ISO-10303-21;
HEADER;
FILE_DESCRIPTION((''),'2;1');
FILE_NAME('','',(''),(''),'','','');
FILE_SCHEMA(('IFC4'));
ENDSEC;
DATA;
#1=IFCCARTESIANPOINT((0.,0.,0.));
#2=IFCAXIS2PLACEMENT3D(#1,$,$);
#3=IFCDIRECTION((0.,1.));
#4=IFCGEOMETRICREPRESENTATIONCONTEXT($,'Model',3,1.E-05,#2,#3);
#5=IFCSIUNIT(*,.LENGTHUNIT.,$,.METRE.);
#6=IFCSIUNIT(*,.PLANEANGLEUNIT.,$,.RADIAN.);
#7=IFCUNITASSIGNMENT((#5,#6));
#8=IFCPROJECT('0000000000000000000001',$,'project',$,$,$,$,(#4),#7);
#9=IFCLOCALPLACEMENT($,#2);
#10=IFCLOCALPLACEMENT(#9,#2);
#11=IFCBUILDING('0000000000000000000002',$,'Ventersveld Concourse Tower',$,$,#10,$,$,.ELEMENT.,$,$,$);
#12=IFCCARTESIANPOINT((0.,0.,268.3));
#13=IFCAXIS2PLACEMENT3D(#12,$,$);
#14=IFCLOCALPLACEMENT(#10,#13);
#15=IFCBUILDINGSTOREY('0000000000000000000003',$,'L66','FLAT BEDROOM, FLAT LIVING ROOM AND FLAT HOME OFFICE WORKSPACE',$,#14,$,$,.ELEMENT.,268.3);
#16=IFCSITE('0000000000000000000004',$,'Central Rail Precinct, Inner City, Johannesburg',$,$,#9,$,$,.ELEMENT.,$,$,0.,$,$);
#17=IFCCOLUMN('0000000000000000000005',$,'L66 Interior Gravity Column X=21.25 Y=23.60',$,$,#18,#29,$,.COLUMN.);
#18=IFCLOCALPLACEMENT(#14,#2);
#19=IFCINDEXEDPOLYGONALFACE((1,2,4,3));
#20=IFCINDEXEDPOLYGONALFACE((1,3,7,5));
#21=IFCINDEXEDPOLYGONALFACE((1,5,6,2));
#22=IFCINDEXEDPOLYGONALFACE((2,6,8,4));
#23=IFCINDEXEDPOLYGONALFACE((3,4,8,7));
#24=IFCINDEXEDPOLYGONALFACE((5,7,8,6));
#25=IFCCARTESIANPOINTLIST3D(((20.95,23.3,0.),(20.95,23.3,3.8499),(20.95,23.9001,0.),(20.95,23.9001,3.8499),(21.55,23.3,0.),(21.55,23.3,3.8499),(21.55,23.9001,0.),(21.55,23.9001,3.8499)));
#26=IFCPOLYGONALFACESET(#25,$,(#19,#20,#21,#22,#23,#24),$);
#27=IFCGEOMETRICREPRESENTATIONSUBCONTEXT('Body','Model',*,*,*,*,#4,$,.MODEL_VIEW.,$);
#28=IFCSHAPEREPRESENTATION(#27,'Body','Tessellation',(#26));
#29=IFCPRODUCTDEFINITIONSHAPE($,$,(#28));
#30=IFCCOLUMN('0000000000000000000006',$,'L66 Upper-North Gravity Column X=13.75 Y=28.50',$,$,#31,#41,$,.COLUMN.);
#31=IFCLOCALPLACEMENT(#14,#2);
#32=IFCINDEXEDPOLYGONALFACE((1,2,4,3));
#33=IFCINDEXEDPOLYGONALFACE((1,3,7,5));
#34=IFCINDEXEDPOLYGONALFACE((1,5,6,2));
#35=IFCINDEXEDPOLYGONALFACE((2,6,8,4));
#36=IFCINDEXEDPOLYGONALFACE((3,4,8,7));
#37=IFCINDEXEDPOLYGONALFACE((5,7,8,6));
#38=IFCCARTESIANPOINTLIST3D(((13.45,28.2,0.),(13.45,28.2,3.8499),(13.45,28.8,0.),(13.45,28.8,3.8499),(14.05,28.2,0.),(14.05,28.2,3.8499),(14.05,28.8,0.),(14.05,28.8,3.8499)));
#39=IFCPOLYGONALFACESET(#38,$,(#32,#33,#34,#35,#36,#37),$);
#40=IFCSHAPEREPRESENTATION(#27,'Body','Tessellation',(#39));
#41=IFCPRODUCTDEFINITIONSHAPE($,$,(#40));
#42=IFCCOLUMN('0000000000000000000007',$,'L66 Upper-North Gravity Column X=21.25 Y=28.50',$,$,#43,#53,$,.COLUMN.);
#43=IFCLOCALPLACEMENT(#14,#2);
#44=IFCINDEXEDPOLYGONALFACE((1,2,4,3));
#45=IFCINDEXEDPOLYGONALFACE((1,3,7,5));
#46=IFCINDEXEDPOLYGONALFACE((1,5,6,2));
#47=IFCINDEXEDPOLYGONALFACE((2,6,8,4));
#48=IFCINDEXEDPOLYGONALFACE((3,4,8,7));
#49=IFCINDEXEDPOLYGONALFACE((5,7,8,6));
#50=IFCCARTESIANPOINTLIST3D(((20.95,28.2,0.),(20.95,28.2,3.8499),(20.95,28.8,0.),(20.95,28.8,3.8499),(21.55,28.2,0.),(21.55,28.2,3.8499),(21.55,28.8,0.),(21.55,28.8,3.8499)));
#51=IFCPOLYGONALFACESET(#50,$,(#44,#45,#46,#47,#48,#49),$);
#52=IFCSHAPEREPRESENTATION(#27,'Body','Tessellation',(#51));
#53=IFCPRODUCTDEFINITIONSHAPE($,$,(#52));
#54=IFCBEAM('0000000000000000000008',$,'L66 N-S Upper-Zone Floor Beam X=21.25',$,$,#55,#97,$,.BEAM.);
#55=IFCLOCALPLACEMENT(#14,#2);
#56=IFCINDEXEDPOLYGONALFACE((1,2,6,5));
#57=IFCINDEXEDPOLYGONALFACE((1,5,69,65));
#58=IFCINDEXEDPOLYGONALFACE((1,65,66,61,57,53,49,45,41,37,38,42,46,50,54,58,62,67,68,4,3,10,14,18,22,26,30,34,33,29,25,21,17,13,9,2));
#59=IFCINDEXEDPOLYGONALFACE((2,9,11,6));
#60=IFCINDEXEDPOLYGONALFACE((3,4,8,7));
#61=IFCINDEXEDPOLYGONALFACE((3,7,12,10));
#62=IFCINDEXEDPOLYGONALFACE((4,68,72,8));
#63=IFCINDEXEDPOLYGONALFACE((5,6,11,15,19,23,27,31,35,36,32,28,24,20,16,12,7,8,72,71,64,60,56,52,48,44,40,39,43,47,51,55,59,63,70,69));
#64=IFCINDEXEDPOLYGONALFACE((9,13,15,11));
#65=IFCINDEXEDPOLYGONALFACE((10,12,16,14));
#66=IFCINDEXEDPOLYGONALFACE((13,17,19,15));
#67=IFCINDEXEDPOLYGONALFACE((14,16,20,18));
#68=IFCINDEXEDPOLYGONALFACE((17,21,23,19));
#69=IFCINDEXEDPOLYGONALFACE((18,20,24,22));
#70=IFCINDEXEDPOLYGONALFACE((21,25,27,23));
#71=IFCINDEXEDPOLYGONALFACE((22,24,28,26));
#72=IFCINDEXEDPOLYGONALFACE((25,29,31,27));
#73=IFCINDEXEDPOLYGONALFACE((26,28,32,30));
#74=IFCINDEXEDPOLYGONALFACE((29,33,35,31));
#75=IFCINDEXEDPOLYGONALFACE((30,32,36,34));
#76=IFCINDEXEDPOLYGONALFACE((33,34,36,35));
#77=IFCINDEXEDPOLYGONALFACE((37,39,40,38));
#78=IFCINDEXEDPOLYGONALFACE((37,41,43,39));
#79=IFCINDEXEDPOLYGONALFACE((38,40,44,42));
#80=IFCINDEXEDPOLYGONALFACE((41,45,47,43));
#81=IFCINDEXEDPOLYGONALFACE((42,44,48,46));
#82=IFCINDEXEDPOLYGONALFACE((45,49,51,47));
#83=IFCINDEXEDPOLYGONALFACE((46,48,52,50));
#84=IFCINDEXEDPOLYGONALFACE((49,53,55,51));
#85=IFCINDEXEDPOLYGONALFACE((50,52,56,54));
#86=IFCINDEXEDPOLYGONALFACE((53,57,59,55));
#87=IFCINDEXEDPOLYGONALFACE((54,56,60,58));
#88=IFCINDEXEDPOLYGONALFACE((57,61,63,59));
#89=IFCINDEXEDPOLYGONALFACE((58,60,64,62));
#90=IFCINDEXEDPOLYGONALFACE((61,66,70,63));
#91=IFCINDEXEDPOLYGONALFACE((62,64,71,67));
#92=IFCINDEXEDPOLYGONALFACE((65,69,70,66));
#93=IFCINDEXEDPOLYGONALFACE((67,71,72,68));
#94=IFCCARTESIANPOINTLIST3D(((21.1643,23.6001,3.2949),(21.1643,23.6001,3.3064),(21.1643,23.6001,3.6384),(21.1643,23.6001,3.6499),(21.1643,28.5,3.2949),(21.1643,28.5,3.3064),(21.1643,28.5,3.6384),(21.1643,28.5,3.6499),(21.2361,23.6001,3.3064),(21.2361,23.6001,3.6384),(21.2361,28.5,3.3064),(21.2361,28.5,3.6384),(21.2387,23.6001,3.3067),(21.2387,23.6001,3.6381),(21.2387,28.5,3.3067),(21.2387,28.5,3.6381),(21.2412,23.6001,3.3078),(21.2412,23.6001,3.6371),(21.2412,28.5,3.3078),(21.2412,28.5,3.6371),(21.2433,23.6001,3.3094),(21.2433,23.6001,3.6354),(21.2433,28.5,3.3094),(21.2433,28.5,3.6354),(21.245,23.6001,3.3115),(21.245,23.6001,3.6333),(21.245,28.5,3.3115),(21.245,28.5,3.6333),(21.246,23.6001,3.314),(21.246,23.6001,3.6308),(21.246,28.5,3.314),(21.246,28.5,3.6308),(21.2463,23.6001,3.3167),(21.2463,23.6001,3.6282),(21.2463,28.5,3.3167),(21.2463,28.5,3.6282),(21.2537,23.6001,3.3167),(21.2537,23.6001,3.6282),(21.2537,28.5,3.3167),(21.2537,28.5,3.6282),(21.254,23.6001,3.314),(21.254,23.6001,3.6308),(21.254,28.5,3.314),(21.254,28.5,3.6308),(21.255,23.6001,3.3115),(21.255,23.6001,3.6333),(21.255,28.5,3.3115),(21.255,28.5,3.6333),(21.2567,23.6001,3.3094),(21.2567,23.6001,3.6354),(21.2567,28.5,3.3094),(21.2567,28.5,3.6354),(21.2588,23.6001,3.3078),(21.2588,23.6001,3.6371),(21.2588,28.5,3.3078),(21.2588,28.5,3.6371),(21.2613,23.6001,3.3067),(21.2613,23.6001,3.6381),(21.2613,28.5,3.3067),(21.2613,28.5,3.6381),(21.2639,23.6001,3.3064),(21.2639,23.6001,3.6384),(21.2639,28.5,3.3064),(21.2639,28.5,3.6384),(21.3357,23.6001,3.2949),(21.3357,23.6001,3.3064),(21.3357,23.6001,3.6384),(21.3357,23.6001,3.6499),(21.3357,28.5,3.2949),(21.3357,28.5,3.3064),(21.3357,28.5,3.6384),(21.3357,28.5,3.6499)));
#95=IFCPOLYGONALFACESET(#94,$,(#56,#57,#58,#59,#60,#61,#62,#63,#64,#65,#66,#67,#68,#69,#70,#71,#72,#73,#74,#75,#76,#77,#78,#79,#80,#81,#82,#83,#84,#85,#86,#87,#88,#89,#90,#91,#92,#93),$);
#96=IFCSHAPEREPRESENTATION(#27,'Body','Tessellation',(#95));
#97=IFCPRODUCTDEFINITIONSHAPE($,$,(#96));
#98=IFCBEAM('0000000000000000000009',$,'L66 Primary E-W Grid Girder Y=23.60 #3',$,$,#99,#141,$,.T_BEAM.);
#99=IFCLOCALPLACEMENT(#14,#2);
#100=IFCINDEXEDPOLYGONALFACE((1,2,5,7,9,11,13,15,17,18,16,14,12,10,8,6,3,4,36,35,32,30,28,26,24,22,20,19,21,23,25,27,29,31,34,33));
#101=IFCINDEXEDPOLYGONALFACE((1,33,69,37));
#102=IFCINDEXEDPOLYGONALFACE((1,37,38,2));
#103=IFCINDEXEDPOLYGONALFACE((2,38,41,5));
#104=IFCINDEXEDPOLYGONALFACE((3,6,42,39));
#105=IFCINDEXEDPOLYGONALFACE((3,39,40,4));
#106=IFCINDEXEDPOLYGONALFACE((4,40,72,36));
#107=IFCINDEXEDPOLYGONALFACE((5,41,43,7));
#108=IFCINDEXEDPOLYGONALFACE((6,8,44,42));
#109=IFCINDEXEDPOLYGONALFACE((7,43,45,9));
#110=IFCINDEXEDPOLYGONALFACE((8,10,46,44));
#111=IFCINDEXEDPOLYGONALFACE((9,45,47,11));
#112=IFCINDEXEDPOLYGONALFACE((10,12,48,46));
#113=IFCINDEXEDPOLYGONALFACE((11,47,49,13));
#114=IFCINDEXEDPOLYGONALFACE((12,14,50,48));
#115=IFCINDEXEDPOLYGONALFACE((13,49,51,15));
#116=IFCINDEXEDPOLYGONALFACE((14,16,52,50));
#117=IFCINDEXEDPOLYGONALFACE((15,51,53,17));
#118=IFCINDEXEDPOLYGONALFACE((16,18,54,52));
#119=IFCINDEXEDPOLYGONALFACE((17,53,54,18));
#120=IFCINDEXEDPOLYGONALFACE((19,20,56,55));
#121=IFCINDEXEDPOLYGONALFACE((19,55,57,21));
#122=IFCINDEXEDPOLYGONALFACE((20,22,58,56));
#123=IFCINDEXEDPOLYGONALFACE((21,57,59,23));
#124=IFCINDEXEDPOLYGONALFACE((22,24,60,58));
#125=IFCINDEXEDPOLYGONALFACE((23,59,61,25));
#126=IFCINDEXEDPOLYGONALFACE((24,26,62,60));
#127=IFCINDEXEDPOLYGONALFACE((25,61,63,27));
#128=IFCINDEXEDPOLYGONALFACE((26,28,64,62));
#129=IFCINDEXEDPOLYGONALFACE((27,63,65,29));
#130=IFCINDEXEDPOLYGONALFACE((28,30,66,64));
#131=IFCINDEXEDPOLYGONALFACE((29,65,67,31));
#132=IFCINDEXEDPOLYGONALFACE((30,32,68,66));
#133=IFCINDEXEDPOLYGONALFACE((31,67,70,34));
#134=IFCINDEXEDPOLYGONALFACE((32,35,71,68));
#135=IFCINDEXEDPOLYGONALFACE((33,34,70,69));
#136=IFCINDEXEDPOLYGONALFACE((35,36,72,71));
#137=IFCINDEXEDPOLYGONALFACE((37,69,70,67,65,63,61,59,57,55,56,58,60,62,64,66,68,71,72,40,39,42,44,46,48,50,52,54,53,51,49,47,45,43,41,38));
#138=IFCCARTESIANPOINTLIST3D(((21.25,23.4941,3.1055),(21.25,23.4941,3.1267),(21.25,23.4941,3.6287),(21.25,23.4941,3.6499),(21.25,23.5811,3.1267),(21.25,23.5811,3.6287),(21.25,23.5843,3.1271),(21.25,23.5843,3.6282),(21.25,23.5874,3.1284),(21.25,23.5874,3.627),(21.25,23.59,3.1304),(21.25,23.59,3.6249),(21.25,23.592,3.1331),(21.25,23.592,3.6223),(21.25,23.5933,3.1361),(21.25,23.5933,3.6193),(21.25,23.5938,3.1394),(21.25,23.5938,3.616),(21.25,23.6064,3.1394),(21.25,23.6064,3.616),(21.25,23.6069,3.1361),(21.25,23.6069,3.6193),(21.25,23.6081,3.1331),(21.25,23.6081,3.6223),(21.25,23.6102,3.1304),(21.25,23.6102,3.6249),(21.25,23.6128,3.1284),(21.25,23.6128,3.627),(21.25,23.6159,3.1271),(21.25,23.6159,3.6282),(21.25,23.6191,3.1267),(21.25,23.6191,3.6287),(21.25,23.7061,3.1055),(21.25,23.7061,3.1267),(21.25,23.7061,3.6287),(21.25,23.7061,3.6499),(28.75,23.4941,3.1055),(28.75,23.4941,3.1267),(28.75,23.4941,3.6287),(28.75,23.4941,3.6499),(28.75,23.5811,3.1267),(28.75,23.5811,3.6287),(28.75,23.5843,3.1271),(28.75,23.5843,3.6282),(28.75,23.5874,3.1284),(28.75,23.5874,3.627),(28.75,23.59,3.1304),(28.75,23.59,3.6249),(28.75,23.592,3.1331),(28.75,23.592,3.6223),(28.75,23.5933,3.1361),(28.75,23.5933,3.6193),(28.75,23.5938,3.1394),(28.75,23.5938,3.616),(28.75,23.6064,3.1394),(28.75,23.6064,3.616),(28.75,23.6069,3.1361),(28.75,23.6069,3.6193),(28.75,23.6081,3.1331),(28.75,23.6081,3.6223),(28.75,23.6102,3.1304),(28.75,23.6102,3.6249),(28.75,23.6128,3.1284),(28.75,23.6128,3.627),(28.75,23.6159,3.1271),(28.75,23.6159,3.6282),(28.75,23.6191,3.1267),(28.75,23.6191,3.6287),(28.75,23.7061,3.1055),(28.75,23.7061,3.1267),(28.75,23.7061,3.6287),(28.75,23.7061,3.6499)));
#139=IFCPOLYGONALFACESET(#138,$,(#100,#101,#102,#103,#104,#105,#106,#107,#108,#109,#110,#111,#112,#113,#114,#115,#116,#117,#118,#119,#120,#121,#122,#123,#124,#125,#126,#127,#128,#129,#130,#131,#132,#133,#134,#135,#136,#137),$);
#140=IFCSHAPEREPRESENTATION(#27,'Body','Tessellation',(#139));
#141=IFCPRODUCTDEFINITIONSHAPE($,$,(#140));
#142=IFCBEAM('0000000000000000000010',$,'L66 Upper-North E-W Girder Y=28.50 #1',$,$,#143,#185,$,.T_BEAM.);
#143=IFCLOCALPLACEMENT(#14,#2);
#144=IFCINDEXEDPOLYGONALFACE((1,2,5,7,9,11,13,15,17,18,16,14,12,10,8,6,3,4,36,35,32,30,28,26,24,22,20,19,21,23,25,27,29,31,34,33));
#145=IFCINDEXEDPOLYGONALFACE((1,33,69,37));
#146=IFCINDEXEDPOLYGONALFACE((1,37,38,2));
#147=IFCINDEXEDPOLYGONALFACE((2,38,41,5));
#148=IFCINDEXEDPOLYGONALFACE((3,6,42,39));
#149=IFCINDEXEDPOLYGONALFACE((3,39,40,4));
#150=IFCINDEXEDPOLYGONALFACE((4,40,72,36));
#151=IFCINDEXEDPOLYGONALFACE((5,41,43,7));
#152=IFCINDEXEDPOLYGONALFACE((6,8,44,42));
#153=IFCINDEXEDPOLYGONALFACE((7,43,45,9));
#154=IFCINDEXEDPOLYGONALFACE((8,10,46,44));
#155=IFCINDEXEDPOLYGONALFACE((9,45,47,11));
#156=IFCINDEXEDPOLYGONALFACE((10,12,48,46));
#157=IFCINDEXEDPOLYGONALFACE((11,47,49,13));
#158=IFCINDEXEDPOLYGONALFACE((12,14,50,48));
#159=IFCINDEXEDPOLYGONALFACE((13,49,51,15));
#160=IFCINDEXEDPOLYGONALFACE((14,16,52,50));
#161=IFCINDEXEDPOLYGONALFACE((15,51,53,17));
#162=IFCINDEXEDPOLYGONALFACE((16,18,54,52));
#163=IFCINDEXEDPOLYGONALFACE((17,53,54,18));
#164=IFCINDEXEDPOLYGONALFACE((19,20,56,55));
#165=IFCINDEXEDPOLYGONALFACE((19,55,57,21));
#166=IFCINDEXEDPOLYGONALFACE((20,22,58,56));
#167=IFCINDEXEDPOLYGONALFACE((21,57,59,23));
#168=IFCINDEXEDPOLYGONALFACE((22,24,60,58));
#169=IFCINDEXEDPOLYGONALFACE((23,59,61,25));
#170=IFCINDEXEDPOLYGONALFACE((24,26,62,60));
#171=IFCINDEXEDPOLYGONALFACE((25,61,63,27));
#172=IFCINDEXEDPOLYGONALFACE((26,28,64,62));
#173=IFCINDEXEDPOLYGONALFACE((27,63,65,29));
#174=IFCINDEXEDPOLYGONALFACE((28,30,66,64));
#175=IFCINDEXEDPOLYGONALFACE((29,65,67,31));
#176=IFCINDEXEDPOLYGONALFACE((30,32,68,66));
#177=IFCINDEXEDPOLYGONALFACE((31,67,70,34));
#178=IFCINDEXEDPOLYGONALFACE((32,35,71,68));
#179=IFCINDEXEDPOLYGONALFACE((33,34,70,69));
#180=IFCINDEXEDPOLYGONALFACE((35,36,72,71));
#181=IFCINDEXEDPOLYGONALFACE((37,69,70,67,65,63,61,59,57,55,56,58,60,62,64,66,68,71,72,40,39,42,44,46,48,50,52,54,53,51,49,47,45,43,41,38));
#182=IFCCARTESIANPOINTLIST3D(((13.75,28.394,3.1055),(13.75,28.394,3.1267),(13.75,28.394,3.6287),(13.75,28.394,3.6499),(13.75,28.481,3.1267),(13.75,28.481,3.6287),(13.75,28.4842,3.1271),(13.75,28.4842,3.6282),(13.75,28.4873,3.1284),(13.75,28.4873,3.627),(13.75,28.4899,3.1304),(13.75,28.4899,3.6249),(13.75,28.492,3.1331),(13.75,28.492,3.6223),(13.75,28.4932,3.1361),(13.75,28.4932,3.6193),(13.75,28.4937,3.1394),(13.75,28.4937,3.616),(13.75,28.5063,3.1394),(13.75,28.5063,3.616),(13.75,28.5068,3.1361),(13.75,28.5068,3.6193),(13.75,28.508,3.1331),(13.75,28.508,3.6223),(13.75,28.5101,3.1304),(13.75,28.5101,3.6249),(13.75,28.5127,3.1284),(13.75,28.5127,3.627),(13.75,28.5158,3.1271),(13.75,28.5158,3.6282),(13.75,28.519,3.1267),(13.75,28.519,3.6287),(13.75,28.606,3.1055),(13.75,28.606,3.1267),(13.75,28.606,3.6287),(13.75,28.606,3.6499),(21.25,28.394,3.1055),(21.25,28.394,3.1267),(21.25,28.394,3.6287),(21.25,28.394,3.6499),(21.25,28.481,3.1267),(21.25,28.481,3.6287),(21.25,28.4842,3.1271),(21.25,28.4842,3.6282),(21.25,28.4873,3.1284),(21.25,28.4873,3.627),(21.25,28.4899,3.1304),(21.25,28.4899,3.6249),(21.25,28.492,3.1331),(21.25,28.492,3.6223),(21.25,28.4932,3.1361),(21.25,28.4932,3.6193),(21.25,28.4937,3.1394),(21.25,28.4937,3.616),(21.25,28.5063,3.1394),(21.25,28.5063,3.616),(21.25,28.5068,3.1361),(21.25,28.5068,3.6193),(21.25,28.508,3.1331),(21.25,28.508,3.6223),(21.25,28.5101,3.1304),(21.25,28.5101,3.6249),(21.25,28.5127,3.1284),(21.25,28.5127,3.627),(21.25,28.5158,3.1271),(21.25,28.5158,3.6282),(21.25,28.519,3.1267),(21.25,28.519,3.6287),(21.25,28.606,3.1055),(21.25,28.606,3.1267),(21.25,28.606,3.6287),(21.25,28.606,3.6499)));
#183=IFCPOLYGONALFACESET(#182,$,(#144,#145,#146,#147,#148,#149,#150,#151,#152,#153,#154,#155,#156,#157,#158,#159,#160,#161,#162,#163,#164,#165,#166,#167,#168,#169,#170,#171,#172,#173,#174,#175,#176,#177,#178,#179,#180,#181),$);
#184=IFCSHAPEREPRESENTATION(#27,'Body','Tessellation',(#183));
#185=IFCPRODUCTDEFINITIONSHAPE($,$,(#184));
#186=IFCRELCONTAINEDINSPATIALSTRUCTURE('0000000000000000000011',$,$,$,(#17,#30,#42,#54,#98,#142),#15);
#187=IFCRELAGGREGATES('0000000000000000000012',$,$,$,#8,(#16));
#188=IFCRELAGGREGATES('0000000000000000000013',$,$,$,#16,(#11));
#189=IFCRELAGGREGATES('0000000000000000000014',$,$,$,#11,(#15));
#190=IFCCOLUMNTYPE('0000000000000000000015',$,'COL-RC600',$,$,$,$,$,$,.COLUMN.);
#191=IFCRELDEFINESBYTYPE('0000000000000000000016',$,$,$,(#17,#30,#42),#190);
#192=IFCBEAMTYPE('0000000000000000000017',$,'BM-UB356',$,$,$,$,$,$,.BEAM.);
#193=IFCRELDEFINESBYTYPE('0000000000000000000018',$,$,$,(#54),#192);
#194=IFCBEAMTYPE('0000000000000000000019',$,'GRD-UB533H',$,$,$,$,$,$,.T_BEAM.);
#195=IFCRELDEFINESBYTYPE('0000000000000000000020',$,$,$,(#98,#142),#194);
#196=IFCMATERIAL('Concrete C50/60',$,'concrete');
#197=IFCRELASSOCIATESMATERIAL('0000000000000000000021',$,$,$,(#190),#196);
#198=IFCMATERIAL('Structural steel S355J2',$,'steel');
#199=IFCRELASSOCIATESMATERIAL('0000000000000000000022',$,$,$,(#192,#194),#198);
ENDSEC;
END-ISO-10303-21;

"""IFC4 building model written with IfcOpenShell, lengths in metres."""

from ifc_helpers import new_model, si_unit, direction, frame, origin, origin_2d, place, context, subcontext, project, spatial, rectangle, i_section, extrude, material, material_profile, profile_set, type_object, element, save


model = new_model("IFC4")

# Units and contexts
model_context = context("Model", 3, precision=1e-05, world=origin(), true_north=direction((0.0, 1.0)))
body_context = subcontext(model_context, "Body", "Model", "MODEL_VIEW")
ifc_project = project(units=[si_unit("LENGTHUNIT", "METRE"), si_unit("PLANEANGLEUNIT", "RADIAN")], contexts=[model_context])

# Site, building, storey
site_placement = place(None, origin())
site = spatial("IfcSite", under=ifc_project, at=site_placement, Name="Central Rail Precinct, Inner City, Johannesburg", CompositionType="ELEMENT", RefElevation=0.0)
building_placement = place(site_placement, origin())
building = spatial("IfcBuilding", under=site, at=building_placement, Name="Ventersveld Concourse Tower", CompositionType="ELEMENT")
storey_placement = place(building_placement, frame((0.0, 0.0, 268.3)))
storey = spatial("IfcBuildingStorey", under=building, at=storey_placement, Name="L66", Description="FLAT BEDROOM, FLAT LIVING ROOM AND FLAT HOME OFFICE WORKSPACE", CompositionType="ELEMENT", Elevation=268.3)

# Columns
ifc_material_1 = material(Name="Concrete C50/60", Category="concrete")
ifc_material_profile_1 = material_profile(ifc_material_1, rectangle(XDim=0.6001, YDim=0.6001, at=origin_2d()), Name="RC 600x600")
ifc_profile_set_1 = profile_set([ifc_material_profile_1], Name="Concrete C50/60")
column_type = type_object("IfcColumnType", Name="COL-RC600", PredefinedType="COLUMN", material=ifc_profile_set_1)
for number, where, z_axis, x_axis, name in (
    (1, (21.25, 23.6001, 0.0), (0.0, 0.0, 1.0), (1.0, 0.0, 0.0), "L66 Interior Gravity Column X=21.25 Y=23.60"),
    (2, (13.75, 28.5, 0.0), (0.0, 0.0, 1.0), (1.0, 0.0, 0.0), "L66 Upper-North Gravity Column X=13.75 Y=28.50"),
    (3, (21.25, 28.5, 0.0), (0.0, 0.0, 1.0), (1.0, 0.0, 0.0), "L66 Upper-North Gravity Column X=21.25 Y=28.50"),
):
    element("IfcColumn", number, at=place(storey_placement, frame(where, z_axis=z_axis, x_axis=x_axis)), inside=storey, type_object=column_type, Name=name, PredefinedType="COLUMN", context=body_context, shape_type="SweptSolid", body=[
        extrude(rectangle(XDim=0.6001, YDim=0.6001, at=origin_2d()), origin(), (0.0, 0.0, 1.0), 3.8499),
    ])

# Beams
ifc_material_2 = material(Name="Structural steel S355J2", Category="steel")
ifc_material_profile_2 = material_profile(ifc_material_2, i_section(OverallWidth=0.1714, OverallDepth=0.355, WebThickness=0.0073, FlangeThickness=0.0115, FilletRadius=0.0103, at=origin_2d()), Name="UB 356x171x51")
ifc_profile_set_2 = profile_set([ifc_material_profile_2], Name="Structural steel S355J2")
beam_type_1 = type_object("IfcBeamType", Name="BM-UB356", PredefinedType="BEAM", material=ifc_profile_set_2)
beam_placement = place(storey_placement, frame((21.25, 23.6001, 3.4724), z_axis=(0.0, 1.0, 0.0), x_axis=(-1.0, 0.0, 0.0)))
element("IfcBeam", 4, at=beam_placement, inside=storey, type_object=beam_type_1, Name="L66 N-S Upper-Zone Floor Beam X=21.25", PredefinedType="BEAM", context=body_context, shape_type="SweptSolid", body=[
    extrude(i_section(OverallWidth=0.1714, OverallDepth=0.355, WebThickness=0.0073, FlangeThickness=0.0115, FilletRadius=0.0103, at=origin_2d()), origin(), (0.0, 0.0, 1.0), 4.8999),
])
ifc_material_profile_3 = material_profile(ifc_material_2, i_section(OverallWidth=0.2119, OverallDepth=0.5444, WebThickness=0.0127, FlangeThickness=0.0212, FilletRadius=0.0127, at=origin_2d()), Name="UB 533x210x122")
ifc_profile_set_3 = profile_set([ifc_material_profile_3], Name="Structural steel S355J2")
beam_type_2 = type_object("IfcBeamType", Name="GRD-UB533H", PredefinedType="T_BEAM", material=ifc_profile_set_3)
for number, where, z_axis, x_axis, name in (
    (5, (21.25, 23.6001, 3.3777), (1.0, 0.0, 0.0), (0.0, 1.0, 0.0), "L66 Primary E-W Grid Girder Y=23.60 #3"),
    (6, (13.75, 28.5, 3.3777), (1.0, 0.0, 0.0), (0.0, 1.0, 0.0), "L66 Upper-North E-W Girder Y=28.50 #1"),
):
    element("IfcBeam", number, at=place(storey_placement, frame(where, z_axis=z_axis, x_axis=x_axis)), inside=storey, type_object=beam_type_2, Name=name, PredefinedType="T_BEAM", context=body_context, shape_type="SweptSolid", body=[
        extrude(i_section(OverallWidth=0.2119, OverallDepth=0.5444, WebThickness=0.0127, FlangeThickness=0.0212, FilletRadius=0.0127, at=origin_2d()), origin(), (0.0, 0.0, 1.0), 7.5),
    ])

save(model, "model.ifc")
